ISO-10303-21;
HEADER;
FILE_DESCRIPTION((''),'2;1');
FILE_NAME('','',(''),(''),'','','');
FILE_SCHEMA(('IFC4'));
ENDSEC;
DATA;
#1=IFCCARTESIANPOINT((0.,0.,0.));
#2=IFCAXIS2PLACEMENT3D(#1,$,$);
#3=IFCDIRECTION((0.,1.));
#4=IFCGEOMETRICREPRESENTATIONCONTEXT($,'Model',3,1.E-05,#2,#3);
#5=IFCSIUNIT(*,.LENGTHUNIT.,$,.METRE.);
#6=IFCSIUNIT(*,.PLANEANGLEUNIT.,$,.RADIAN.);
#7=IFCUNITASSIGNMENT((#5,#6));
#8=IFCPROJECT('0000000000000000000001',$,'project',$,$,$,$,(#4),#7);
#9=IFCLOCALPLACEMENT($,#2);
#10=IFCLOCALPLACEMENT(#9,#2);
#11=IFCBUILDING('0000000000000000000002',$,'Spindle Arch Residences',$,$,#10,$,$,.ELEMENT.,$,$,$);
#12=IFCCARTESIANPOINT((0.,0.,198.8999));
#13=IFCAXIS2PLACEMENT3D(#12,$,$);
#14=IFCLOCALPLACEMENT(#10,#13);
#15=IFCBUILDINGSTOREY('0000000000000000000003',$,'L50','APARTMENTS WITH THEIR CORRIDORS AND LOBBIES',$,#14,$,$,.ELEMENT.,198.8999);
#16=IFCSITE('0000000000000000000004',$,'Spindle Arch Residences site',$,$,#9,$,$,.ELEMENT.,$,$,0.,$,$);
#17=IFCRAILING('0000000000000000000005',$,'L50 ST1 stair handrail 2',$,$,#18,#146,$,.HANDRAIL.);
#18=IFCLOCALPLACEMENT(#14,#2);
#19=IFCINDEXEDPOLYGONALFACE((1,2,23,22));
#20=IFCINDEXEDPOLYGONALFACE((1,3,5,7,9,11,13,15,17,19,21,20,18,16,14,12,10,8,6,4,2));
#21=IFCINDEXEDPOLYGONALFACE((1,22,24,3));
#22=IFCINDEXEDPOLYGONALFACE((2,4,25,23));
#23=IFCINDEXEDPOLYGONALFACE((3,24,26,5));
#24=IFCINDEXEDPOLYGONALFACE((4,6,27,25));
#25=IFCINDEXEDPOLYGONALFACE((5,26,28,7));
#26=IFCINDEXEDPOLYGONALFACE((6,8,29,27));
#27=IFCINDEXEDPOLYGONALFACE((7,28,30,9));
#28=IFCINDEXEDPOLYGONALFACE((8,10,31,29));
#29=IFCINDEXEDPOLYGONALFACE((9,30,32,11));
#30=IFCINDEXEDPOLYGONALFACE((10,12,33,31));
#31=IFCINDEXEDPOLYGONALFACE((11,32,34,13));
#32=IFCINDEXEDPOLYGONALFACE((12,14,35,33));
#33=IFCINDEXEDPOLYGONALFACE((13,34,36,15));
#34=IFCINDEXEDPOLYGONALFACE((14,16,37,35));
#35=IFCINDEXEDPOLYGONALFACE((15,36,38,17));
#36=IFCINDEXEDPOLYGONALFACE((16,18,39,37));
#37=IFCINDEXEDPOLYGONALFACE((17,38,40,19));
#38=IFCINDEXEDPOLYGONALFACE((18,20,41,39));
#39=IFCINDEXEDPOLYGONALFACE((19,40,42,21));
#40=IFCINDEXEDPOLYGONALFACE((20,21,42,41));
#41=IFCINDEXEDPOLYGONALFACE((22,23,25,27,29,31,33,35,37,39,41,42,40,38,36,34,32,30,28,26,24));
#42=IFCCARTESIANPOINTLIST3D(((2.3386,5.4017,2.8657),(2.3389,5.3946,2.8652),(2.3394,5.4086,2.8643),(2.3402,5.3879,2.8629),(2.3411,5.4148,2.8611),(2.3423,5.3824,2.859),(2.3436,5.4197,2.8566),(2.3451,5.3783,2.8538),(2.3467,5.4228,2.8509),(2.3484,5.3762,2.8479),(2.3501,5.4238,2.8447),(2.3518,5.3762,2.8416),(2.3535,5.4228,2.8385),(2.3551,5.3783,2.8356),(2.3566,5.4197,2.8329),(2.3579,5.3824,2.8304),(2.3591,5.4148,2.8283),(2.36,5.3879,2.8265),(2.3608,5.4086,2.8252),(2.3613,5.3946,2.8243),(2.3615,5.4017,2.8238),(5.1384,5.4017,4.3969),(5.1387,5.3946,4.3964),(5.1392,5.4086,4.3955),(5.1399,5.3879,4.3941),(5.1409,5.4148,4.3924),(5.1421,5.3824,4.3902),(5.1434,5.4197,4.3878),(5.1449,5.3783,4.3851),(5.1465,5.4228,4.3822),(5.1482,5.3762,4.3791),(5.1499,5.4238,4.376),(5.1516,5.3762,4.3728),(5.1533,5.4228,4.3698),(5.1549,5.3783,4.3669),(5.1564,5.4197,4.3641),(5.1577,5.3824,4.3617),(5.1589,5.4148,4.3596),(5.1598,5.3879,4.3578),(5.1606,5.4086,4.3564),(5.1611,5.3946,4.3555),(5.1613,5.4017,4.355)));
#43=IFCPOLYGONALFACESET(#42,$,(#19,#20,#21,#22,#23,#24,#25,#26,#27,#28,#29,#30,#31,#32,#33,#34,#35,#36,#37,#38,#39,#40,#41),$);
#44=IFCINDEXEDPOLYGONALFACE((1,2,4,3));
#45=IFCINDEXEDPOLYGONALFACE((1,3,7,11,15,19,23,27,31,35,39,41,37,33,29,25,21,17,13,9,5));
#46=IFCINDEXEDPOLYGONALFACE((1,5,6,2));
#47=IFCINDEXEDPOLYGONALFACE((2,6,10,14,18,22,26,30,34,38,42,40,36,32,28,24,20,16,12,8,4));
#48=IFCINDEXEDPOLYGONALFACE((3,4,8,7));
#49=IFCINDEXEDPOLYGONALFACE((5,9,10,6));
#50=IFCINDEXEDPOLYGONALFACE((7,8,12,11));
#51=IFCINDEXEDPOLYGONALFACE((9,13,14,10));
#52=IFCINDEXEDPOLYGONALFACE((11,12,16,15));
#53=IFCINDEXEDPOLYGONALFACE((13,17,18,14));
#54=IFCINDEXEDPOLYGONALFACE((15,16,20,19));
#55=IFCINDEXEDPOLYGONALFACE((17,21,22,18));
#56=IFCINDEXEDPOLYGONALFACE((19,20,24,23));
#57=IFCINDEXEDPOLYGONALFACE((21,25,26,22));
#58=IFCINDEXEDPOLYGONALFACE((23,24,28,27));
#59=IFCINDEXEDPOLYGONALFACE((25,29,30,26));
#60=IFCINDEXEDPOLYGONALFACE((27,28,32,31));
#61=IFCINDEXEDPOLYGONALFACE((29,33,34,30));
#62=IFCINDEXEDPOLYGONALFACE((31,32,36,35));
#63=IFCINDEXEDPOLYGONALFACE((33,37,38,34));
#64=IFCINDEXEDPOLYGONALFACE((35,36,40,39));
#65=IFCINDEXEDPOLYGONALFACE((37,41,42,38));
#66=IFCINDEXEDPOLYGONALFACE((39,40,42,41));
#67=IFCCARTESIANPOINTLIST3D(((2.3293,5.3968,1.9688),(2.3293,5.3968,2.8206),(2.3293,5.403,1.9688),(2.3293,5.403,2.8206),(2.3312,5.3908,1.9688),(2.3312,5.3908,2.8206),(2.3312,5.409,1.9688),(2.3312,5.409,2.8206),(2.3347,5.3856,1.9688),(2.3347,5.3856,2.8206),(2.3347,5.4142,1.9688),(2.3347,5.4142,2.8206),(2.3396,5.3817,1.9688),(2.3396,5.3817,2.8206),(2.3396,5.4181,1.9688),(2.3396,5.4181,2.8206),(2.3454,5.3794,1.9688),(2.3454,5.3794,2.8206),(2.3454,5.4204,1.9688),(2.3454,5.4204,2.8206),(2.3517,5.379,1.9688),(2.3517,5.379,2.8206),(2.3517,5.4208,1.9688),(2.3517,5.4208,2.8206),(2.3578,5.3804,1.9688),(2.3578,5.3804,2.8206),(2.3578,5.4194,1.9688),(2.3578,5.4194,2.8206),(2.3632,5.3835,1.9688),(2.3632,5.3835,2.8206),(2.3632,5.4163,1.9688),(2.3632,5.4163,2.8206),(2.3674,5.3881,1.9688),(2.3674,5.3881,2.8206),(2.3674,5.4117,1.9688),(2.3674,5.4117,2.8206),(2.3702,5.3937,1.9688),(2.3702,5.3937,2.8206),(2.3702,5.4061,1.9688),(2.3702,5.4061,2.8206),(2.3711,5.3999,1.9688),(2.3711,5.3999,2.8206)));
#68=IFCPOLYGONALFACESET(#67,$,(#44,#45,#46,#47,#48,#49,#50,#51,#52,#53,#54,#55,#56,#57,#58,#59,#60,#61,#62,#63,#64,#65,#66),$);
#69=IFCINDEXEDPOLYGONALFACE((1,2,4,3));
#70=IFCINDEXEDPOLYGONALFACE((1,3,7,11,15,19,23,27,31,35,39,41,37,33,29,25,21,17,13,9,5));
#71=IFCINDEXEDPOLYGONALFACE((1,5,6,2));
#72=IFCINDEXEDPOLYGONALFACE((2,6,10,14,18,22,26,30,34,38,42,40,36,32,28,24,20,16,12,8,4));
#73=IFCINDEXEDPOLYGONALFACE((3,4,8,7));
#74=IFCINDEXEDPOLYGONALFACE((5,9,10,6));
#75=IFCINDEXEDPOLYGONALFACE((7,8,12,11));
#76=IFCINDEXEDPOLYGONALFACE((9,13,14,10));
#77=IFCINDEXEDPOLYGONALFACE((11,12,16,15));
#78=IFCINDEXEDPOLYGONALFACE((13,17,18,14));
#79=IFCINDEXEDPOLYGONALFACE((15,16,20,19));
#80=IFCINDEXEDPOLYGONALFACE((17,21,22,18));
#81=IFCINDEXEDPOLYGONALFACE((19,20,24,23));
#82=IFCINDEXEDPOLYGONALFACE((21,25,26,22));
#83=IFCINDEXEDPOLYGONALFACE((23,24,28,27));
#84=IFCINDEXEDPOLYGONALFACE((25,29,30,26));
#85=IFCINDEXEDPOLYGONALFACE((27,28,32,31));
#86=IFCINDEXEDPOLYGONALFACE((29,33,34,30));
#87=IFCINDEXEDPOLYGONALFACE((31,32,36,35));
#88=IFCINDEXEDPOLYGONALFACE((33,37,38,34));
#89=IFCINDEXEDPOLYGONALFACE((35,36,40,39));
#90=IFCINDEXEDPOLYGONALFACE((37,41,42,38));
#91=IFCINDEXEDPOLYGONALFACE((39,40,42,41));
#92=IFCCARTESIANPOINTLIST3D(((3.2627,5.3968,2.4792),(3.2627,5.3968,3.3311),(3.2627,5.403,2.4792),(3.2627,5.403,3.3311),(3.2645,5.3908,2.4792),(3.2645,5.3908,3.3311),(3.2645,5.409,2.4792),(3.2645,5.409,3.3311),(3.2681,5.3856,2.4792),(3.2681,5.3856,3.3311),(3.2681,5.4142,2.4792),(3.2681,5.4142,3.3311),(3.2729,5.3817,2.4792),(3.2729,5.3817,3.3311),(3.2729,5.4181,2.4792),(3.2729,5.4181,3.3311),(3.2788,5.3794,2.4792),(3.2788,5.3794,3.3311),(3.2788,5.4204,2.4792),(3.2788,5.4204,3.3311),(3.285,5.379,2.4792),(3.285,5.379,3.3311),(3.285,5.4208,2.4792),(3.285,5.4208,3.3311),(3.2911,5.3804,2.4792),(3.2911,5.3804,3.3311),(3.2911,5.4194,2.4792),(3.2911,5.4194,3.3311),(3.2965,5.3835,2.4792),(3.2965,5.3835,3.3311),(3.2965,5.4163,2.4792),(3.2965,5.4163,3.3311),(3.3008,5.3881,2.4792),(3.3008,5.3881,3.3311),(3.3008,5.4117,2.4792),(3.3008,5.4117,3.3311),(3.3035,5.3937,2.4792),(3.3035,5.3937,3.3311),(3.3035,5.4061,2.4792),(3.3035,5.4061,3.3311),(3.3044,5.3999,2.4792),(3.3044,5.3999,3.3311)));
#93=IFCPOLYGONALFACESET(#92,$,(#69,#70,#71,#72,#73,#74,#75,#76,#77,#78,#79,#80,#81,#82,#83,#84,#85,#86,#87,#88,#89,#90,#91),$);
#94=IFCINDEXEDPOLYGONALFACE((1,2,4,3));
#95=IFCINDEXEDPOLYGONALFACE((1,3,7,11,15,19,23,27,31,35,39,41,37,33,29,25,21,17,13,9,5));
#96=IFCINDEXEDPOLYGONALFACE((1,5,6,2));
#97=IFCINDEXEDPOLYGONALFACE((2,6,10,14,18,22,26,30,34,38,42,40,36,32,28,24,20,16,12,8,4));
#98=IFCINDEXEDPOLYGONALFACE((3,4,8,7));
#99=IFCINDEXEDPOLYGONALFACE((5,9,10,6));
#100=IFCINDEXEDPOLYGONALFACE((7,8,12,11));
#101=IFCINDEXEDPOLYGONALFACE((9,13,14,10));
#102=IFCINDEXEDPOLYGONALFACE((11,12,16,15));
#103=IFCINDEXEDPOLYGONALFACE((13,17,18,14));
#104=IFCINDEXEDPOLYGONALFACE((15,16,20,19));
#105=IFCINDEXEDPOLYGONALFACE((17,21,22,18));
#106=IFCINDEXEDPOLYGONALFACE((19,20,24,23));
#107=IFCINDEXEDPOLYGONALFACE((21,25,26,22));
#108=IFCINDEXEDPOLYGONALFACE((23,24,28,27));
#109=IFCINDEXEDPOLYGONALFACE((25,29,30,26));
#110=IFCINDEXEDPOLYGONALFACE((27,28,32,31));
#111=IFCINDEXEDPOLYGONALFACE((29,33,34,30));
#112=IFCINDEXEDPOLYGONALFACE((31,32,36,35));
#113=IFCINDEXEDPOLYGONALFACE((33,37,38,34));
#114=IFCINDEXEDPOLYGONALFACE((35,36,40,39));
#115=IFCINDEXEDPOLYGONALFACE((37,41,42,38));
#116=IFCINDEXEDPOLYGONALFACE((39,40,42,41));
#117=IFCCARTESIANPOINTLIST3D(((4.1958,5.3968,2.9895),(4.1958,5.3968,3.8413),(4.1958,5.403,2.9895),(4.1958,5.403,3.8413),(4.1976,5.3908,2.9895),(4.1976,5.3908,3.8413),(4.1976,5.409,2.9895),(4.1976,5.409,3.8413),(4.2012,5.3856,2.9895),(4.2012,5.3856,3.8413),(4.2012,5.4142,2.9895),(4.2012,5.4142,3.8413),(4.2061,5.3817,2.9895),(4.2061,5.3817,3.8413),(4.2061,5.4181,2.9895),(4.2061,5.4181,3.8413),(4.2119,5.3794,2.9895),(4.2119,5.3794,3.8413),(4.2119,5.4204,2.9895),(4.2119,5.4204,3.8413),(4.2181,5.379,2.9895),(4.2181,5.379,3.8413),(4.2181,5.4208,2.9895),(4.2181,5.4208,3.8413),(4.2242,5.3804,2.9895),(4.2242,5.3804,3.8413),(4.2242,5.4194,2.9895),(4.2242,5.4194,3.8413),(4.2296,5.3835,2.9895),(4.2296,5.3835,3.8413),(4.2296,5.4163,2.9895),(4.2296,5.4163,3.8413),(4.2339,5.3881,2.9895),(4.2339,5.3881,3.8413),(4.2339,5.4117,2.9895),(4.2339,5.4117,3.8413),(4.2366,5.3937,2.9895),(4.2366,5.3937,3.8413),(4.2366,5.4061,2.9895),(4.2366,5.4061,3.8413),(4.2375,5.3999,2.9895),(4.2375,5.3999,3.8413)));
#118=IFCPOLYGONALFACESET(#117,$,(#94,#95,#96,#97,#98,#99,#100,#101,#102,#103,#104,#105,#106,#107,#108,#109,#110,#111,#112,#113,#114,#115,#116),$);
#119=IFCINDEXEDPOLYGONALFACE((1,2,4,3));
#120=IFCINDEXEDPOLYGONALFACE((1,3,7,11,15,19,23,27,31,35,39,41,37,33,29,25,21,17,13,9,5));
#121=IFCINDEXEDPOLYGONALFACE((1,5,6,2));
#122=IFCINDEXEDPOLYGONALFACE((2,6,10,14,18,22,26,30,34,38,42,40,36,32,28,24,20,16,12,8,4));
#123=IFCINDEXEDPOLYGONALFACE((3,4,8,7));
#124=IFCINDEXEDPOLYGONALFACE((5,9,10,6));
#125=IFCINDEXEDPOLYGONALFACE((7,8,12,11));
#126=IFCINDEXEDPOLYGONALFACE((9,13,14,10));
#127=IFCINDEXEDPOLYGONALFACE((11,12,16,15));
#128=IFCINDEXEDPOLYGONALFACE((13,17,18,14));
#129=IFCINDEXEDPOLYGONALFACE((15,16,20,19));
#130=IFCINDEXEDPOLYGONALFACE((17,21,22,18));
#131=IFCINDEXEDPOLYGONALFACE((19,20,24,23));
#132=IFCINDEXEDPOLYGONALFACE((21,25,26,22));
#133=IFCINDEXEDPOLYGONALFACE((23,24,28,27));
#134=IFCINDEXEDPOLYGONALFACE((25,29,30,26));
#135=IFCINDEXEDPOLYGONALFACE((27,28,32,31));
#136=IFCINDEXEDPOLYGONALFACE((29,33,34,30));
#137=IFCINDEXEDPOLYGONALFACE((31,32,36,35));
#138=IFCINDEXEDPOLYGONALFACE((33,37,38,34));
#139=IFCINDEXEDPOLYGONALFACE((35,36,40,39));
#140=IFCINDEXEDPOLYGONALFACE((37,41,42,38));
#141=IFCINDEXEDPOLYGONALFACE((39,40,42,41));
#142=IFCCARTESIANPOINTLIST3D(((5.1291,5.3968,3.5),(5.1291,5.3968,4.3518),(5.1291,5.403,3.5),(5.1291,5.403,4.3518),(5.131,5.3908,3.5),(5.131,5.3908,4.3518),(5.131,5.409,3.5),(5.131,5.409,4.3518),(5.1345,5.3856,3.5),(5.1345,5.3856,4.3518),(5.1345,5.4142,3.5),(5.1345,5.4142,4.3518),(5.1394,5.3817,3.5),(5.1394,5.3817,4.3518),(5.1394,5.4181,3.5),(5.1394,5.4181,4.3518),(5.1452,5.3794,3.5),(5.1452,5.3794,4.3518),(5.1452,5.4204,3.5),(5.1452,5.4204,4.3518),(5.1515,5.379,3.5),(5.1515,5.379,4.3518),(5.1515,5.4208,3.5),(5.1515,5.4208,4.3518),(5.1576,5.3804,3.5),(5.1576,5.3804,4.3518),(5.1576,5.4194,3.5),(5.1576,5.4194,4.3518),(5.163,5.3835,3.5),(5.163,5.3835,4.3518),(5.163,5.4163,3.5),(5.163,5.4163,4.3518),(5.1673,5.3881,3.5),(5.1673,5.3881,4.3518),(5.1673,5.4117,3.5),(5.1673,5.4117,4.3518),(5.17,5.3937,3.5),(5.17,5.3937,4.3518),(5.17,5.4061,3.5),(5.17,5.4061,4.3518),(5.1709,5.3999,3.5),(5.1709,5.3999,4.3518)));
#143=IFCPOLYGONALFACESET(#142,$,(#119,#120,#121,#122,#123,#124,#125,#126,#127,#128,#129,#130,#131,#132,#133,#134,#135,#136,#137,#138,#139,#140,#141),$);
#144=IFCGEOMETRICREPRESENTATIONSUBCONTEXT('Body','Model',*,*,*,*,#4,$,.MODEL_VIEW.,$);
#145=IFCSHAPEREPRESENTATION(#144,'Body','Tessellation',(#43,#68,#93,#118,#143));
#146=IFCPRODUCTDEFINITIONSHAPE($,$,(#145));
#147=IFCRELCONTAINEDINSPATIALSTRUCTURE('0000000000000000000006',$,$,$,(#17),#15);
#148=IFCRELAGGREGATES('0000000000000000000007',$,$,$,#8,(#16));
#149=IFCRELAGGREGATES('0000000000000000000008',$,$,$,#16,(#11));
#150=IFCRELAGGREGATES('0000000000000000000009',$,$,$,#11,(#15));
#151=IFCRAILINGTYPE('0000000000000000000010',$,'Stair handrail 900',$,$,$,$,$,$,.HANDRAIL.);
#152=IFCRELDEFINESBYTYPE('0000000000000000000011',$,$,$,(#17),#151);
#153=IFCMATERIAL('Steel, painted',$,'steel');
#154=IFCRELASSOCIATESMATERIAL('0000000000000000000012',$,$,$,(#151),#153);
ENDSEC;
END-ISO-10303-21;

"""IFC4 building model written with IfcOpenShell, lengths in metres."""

from ifc_helpers import new_model, si_unit, direction, frame, origin, origin_2d, place, context, subcontext, project, spatial, circle, extrude, material, type_object, element, save


model = new_model("IFC4")

# Units and contexts
model_context = context("Model", 3, precision=1e-05, world=origin(), true_north=direction((0.0, 1.0)))
body_context = subcontext(model_context, "Body", "Model", "MODEL_VIEW")
ifc_project = project(units=[si_unit("LENGTHUNIT", "METRE"), si_unit("PLANEANGLEUNIT", "RADIAN")], contexts=[model_context])

# Site, building, storey
site_placement = place(None, origin())
site = spatial("IfcSite", under=ifc_project, at=site_placement, Name="Spindle Arch Residences site", CompositionType="ELEMENT", RefElevation=0.0)
building_placement = place(site_placement, origin())
building = spatial("IfcBuilding", under=site, at=building_placement, Name="Spindle Arch Residences", CompositionType="ELEMENT")
storey_placement = place(building_placement, frame((0.0, 0.0, 198.8999)))
storey = spatial("IfcBuildingStorey", under=building, at=storey_placement, Name="L50", Description="APARTMENTS WITH THEIR CORRIDORS AND LOBBIES", CompositionType="ELEMENT", Elevation=198.8999)

# Railing
ifc_material_1 = material(Name="Steel, painted", Category="steel")
railing_type_1 = type_object("IfcRailingType", Name="Stair handrail 900", PredefinedType="HANDRAIL", material=ifc_material_1)
railing_1_placement = place(storey_placement, frame((2.3501, 5.3999, 1.9688)))
element("IfcRailing", 1, at=railing_1_placement, inside=storey, type_object=railing_type_1, Name="L50 ST1 stair handrail 2", PredefinedType="HANDRAIL", context=body_context, shape_type="SweptSolid", body=[
    extrude(circle(Radius=0.0239, at=origin_2d()), frame((0.0, 0.0, 0.876), z_axis=(0.877357, 0.0, 0.479838), x_axis=(0.0, 1.0, 0.0)), (0.0, 0.0, 1.0), 3.1912),
    extrude(circle(Radius=0.021, at=origin_2d()), origin(), (0.0, 0.0, 1.0), 0.8518),
    extrude(circle(Radius=0.021, at=origin_2d()), frame((0.9333, 0.0, 0.5105)), (0.0, 0.0, 1.0), 0.8518),
    extrude(circle(Radius=0.021, at=origin_2d()), frame((1.8665, 0.0, 1.0208)), (0.0, 0.0, 1.0), 0.8518),
    extrude(circle(Radius=0.021, at=origin_2d()), frame((2.7998, 0.0, 1.5312)), (0.0, 0.0, 1.0), 0.8518),
])

save(model, "model.ifc")
